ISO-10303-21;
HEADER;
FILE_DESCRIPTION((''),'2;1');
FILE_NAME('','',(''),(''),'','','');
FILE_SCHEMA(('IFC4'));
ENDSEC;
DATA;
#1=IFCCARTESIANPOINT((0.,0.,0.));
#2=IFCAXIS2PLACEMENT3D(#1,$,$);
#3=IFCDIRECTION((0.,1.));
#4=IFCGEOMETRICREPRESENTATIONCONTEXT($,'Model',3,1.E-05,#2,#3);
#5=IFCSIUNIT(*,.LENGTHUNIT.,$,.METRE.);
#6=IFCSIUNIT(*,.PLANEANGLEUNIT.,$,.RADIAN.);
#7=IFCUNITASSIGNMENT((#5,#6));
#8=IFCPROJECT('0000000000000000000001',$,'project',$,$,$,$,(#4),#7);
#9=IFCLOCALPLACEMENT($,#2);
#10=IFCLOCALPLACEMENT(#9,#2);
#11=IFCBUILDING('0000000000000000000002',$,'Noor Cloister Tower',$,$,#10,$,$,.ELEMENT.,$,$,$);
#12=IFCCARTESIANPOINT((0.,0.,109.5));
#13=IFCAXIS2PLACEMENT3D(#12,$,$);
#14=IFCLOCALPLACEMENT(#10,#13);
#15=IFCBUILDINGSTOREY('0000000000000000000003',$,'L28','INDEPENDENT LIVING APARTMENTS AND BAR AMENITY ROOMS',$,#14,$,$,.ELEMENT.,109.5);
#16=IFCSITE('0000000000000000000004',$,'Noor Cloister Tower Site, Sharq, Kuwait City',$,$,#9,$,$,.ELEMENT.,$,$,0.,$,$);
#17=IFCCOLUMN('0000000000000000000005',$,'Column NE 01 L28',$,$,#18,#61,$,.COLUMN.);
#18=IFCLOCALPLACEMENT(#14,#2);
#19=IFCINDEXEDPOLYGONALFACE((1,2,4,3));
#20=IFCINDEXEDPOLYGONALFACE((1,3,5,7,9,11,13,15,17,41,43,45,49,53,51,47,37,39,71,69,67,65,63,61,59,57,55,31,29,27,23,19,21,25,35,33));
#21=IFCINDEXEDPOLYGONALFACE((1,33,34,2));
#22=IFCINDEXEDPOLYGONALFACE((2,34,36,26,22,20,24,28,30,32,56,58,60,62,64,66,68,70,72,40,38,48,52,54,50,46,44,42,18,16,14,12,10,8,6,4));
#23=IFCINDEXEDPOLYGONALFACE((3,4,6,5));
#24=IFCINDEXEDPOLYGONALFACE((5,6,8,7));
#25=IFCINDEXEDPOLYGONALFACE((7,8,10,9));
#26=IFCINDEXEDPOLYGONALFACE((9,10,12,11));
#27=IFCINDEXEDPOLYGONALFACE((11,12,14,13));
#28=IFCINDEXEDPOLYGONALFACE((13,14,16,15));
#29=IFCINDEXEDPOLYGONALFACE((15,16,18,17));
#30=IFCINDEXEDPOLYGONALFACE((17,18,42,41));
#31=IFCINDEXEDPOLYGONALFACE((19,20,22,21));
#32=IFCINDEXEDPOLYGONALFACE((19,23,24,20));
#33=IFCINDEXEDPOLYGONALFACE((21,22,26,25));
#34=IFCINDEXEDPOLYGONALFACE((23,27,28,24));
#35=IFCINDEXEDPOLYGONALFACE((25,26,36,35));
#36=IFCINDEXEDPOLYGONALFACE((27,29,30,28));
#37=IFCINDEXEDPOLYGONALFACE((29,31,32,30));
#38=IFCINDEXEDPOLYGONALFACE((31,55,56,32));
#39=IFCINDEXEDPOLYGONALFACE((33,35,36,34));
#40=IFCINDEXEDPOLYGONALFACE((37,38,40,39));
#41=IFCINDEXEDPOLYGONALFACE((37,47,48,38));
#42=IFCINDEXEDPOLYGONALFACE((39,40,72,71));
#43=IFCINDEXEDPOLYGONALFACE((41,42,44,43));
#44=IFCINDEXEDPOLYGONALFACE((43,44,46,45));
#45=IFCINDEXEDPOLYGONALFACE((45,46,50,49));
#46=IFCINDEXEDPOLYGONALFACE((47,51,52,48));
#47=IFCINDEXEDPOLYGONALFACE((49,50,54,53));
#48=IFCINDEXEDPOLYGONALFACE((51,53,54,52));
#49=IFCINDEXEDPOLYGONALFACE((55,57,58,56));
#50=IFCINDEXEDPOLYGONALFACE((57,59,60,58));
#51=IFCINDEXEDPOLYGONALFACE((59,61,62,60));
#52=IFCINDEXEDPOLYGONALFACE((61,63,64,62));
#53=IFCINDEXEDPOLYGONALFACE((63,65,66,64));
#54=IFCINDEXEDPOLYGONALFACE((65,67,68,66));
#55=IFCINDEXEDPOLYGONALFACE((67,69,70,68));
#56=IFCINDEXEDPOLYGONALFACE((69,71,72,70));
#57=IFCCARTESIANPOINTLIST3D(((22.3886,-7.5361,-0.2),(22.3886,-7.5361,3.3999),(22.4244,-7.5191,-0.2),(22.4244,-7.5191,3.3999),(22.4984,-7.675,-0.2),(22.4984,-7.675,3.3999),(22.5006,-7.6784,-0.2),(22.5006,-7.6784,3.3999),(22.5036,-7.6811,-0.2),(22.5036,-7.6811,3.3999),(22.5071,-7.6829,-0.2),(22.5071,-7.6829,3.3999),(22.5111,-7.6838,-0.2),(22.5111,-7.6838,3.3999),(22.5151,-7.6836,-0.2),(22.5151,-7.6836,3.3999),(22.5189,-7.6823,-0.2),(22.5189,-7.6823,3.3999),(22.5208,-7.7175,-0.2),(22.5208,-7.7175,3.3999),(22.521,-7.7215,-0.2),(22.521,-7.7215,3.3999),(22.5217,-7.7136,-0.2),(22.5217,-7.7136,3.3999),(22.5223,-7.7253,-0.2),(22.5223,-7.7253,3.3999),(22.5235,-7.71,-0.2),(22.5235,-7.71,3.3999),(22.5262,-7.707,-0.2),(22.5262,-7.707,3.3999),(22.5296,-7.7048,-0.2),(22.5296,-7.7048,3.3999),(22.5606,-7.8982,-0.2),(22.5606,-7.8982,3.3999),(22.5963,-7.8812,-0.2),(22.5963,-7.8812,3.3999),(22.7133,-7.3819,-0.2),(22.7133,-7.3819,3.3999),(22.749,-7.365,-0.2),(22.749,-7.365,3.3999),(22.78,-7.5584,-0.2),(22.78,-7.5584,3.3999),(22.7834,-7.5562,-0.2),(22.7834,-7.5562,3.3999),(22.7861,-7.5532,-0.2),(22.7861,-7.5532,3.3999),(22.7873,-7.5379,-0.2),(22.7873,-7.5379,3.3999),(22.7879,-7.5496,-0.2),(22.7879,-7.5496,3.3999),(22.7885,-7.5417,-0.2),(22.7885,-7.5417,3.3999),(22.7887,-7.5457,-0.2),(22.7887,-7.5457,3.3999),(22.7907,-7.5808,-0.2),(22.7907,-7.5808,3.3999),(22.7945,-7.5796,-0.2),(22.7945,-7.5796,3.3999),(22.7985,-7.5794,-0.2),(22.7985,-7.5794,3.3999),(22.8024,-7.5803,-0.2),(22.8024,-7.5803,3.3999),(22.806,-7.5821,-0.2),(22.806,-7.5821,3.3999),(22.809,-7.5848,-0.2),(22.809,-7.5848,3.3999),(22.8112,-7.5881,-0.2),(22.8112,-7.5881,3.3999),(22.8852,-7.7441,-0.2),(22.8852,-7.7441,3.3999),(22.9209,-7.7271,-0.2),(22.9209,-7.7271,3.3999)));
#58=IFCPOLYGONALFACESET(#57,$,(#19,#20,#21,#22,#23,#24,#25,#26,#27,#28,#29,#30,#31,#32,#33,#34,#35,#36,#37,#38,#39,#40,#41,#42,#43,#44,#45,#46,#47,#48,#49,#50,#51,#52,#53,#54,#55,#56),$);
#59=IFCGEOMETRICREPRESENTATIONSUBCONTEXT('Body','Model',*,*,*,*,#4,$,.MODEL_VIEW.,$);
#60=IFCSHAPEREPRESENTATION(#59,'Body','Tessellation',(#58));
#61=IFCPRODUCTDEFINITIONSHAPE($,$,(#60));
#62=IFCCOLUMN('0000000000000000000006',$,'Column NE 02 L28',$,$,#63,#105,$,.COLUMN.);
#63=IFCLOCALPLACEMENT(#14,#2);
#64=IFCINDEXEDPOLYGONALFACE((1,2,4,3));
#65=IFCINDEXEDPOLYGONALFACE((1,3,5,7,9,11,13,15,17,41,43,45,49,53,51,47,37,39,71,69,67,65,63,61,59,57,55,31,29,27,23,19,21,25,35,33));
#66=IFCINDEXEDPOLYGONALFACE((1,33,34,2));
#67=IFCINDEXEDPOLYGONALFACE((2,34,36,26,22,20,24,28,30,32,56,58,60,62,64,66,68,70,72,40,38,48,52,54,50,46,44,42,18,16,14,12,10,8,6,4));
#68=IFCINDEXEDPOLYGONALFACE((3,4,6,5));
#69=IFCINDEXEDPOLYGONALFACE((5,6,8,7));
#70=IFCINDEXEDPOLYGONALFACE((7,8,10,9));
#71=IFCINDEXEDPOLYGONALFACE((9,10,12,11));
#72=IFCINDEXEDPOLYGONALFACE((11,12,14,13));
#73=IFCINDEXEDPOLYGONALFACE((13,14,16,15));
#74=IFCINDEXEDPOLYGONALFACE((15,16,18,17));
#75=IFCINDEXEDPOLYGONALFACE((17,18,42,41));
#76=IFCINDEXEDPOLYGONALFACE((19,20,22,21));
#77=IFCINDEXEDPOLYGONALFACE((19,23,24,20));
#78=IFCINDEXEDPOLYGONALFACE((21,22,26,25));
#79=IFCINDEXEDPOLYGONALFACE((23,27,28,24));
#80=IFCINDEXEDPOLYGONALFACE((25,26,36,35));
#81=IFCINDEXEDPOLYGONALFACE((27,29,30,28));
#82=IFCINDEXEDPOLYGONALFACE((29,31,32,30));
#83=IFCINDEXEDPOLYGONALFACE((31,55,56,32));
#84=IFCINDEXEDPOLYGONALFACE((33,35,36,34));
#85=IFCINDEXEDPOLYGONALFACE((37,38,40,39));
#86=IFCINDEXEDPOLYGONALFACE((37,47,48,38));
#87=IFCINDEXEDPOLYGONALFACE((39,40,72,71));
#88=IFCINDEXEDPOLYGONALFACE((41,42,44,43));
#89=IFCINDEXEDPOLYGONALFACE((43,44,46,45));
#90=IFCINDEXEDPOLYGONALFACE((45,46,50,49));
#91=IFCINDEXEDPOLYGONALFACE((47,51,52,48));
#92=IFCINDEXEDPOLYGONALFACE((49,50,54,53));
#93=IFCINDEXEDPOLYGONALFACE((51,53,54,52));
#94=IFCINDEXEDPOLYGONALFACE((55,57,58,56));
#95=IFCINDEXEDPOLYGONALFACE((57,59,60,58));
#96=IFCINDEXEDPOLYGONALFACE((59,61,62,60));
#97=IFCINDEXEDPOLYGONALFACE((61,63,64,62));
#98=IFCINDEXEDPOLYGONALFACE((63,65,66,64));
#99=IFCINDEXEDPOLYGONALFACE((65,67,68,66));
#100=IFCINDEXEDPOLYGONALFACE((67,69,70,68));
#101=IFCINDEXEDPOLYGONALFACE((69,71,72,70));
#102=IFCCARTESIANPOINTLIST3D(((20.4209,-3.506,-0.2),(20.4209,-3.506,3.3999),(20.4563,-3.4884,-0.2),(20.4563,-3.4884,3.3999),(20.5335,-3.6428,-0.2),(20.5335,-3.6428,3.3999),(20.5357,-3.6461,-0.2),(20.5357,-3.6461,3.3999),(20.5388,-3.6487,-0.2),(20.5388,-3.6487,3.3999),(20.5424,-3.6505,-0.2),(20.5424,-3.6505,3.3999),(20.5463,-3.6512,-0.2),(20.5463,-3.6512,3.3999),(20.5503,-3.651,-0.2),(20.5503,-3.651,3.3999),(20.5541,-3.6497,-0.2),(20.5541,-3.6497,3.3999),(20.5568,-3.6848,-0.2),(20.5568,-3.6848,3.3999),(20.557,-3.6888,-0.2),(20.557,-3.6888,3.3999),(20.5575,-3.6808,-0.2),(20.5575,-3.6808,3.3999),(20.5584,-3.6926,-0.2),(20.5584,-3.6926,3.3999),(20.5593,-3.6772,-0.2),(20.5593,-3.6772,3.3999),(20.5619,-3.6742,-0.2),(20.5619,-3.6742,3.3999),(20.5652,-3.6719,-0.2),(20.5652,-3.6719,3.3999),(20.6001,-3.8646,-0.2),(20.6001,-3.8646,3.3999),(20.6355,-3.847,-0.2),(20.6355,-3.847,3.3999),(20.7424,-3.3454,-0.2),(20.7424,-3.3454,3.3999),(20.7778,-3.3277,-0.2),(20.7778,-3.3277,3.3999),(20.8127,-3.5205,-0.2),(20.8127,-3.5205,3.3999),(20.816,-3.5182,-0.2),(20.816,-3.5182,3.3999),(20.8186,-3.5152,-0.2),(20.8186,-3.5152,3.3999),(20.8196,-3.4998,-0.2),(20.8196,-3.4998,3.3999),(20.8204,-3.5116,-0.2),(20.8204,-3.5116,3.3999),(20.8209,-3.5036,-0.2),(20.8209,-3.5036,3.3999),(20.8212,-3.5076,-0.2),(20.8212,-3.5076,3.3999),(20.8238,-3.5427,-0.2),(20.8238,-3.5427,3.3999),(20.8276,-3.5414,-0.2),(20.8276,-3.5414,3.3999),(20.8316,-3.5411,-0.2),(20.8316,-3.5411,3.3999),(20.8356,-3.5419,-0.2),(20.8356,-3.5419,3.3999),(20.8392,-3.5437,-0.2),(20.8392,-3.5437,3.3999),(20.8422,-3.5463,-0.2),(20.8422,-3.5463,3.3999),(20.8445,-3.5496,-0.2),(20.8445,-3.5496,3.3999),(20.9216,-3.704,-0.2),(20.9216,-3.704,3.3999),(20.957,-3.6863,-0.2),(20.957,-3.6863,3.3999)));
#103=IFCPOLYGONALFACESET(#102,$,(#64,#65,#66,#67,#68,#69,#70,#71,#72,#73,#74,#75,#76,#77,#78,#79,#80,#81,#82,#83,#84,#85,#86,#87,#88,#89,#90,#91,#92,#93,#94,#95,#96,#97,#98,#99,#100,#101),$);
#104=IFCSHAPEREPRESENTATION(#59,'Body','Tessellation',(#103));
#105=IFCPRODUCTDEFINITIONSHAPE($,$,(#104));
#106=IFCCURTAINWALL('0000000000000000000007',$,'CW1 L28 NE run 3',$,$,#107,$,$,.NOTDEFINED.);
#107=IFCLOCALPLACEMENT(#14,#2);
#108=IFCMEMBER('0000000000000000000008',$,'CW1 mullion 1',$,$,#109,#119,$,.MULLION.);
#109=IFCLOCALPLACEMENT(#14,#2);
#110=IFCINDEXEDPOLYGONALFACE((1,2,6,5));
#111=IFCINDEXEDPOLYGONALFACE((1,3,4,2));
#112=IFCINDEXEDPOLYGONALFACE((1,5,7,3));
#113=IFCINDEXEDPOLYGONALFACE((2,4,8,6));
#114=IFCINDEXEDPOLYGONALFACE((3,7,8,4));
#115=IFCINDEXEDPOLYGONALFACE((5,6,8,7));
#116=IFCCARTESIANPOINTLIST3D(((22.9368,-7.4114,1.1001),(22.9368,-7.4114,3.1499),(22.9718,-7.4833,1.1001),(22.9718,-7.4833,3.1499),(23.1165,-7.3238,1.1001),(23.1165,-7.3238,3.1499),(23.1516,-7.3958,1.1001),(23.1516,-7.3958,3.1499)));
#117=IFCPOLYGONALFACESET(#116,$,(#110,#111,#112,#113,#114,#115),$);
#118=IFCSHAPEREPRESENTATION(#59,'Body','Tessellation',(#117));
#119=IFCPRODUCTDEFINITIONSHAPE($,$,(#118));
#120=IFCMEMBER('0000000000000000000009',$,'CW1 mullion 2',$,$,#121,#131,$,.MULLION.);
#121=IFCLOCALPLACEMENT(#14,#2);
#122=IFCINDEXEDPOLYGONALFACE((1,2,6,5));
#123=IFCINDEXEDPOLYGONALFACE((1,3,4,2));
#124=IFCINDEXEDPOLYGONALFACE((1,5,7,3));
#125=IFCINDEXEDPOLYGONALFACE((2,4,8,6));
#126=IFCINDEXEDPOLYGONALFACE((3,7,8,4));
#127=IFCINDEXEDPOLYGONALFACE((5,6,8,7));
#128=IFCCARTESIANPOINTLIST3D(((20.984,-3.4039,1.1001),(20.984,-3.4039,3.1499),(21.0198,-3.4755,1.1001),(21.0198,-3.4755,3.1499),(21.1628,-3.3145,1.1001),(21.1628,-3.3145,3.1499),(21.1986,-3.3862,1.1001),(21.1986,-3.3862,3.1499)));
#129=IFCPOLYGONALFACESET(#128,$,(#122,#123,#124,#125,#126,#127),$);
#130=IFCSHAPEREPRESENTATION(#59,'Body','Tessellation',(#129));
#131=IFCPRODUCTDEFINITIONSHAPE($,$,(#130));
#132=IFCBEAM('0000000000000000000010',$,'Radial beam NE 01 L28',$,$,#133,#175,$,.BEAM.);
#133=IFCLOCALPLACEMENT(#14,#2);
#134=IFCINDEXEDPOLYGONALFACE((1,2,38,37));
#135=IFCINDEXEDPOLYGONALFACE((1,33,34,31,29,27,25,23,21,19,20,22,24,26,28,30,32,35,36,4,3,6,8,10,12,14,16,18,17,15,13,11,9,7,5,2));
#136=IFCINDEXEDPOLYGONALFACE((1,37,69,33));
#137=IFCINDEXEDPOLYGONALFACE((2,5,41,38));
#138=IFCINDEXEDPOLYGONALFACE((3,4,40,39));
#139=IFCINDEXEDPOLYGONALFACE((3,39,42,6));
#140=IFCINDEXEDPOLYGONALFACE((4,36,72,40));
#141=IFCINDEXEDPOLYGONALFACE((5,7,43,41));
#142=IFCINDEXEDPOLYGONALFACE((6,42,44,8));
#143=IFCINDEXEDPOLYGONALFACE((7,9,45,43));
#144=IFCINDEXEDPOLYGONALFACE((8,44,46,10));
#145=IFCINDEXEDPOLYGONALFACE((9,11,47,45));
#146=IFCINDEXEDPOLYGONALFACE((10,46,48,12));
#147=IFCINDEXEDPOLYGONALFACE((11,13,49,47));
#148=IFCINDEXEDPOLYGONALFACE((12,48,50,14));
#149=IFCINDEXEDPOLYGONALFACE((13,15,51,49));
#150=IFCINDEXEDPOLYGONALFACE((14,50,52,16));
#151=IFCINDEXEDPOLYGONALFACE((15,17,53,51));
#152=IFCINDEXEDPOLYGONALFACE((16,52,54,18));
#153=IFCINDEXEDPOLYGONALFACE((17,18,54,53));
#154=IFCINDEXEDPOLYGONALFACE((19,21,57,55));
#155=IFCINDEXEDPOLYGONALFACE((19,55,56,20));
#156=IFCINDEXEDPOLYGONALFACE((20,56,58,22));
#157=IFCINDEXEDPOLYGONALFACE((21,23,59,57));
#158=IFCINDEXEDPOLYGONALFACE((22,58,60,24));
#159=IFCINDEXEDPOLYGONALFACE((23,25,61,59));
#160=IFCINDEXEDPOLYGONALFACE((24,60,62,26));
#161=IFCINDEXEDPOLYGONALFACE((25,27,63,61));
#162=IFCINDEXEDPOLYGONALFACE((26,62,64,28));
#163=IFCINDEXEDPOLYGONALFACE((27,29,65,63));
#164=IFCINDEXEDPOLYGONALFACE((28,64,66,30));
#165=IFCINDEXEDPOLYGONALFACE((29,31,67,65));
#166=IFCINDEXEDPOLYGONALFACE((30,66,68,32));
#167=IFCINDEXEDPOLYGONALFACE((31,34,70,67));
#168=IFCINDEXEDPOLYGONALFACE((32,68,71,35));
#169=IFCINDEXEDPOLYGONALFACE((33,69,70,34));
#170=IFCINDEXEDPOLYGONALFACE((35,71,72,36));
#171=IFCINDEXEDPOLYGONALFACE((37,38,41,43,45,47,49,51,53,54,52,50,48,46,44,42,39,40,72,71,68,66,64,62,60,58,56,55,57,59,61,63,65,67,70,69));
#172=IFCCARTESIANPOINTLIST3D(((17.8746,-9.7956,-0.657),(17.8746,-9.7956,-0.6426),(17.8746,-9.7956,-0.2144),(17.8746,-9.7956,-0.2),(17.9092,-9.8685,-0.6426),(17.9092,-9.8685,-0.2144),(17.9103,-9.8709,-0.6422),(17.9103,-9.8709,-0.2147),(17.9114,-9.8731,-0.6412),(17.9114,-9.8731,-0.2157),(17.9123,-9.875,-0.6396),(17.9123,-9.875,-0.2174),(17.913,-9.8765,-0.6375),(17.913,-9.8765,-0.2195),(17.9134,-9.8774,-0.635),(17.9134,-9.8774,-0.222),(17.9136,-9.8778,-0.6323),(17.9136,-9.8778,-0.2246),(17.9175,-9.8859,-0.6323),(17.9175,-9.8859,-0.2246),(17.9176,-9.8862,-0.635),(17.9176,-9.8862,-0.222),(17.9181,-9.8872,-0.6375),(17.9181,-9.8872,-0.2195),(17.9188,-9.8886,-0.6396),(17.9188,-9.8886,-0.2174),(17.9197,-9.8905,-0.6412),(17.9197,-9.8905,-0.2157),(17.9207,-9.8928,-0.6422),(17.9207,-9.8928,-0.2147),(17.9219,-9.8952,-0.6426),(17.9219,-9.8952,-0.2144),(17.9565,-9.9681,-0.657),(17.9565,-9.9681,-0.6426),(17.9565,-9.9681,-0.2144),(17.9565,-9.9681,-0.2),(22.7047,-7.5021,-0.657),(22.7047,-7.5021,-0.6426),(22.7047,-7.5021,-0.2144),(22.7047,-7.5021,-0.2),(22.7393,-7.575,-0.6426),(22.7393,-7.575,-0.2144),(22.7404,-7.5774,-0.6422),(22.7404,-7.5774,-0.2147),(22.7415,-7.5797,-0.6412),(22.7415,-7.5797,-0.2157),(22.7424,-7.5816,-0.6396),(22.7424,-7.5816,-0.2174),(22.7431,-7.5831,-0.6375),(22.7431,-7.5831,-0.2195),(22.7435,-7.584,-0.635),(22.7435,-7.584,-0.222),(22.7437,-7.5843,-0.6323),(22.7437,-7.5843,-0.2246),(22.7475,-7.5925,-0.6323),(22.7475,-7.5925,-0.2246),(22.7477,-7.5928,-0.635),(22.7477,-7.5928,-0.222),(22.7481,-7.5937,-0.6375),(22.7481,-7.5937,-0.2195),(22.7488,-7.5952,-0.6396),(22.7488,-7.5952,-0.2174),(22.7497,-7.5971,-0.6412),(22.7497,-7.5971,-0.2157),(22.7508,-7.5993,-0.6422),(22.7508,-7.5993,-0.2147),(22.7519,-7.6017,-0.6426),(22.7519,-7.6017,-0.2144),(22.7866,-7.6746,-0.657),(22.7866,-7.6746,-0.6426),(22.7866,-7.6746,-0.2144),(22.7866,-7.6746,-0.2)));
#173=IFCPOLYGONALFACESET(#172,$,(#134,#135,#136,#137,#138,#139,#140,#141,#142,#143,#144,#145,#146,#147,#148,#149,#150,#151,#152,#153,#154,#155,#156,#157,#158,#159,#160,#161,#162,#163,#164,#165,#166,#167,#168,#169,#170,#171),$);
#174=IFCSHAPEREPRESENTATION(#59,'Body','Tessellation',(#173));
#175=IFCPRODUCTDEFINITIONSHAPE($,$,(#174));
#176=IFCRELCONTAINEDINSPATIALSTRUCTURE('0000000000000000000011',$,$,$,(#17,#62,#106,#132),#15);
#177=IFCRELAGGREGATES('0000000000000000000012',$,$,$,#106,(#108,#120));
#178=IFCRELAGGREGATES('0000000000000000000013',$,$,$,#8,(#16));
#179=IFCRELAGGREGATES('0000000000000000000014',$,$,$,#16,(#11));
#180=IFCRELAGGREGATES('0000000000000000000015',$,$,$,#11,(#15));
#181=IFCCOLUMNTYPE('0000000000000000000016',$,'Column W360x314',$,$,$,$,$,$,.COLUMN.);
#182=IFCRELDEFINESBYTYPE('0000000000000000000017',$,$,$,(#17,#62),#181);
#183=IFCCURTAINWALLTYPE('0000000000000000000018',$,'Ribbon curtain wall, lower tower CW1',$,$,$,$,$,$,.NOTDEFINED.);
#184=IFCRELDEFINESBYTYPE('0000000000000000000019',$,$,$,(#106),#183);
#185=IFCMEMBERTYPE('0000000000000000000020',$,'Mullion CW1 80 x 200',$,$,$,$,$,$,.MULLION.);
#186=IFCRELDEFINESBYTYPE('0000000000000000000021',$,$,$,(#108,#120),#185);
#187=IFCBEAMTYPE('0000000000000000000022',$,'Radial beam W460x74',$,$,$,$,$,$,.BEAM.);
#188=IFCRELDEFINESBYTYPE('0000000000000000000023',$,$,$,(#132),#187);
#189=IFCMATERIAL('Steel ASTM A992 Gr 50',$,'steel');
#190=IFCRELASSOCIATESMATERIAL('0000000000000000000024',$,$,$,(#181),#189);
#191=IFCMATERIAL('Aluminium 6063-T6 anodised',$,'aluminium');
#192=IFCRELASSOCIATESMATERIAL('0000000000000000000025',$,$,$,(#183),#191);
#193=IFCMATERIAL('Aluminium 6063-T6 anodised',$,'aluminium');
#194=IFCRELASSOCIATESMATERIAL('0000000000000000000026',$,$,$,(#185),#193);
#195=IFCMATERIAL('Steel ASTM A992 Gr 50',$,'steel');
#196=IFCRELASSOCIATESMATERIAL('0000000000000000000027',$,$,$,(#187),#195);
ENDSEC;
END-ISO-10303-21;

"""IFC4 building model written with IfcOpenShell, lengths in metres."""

from ifc_helpers import new_model, si_unit, direction, frame, origin, origin_2d, place, context, subcontext, project, spatial, rectangle, i_section, extrude, material, material_profile, profile_set, type_object, element, aggregate, save


model = new_model("IFC4")

# Units and contexts
model_context = context("Model", 3, precision=1e-05, world=origin(), true_north=direction((0.0, 1.0)))
body_context = subcontext(model_context, "Body", "Model", "MODEL_VIEW")
ifc_project = project(units=[si_unit("LENGTHUNIT", "METRE"), si_unit("PLANEANGLEUNIT", "RADIAN")], contexts=[model_context])

# Site, building, storey
site_placement = place(None, origin())
site = spatial("IfcSite", under=ifc_project, at=site_placement, Name="Noor Cloister Tower Site, Sharq, Kuwait City", CompositionType="ELEMENT", RefElevation=0.0)
building_placement = place(site_placement, origin())
building = spatial("IfcBuilding", under=site, at=building_placement, Name="Noor Cloister Tower", CompositionType="ELEMENT")
storey_placement = place(building_placement, frame((0.0, 0.0, 109.5)))
storey = spatial("IfcBuildingStorey", under=building, at=storey_placement, Name="L28", Description="INDEPENDENT LIVING APARTMENTS AND BAR AMENITY ROOMS", CompositionType="ELEMENT", Elevation=109.5)

# Columns
ifc_material_1 = material(Name="Steel ASTM A992 Gr 50", Category="steel")
ifc_material_profile_1 = material_profile(ifc_material_1, i_section(OverallWidth=0.4009, OverallDepth=0.3989, WebThickness=0.0249, FlangeThickness=0.0396, FilletRadius=0.0154, at=origin_2d()), Name="W360x314")
ifc_profile_set_1 = profile_set([ifc_material_profile_1], Name="Steel ASTM A992 Gr 50")
column_type = type_object("IfcColumnType", Name="Column W360x314", PredefinedType="COLUMN", material=ifc_profile_set_1)
for number, where, z_axis, x_axis, name in (
    (1, (22.6548, -7.6316, -0.2), (0.0, 0.0, 1.0), (-0.428908, 0.903348, 0.0), "Column NE 01 L28"),
    (2, (20.689, -3.5962, -0.2), (0.0, 0.0, 1.0), (-0.446959, 0.894555, 0.0), "Column NE 02 L28"),
):
    element("IfcColumn", number, at=place(storey_placement, frame(where, z_axis=z_axis, x_axis=x_axis)), inside=storey, type_object=column_type, Name=name, PredefinedType="COLUMN", context=body_context, shape_type="SweptSolid", body=[
        extrude(i_section(OverallWidth=0.4009, OverallDepth=0.3989, WebThickness=0.0249, FlangeThickness=0.0396, FilletRadius=0.0154, at=origin_2d()), origin(), (0.0, 0.0, 1.0), 3.5999),
    ])

# Curtain wall, members
ifc_material_2 = material(Name="Aluminium 6063-T6 anodised", Category="aluminium")
curtain_wall_type = type_object("IfcCurtainWallType", Name="Ribbon curtain wall, lower tower CW1", PredefinedType="NOTDEFINED", material=ifc_material_2)
curtain_wall_placement = place(storey_placement, origin())
curtain_wall = element("IfcCurtainWall", 3, at=curtain_wall_placement, inside=storey, type_object=curtain_wall_type, Name="CW1 L28 NE run 3", PredefinedType="NOTDEFINED")
ifc_material_3 = material(Name="Aluminium 6063-T6 anodised", Category="aluminium")
ifc_material_profile_2 = material_profile(ifc_material_3, rectangle(XDim=0.2, YDim=0.0801, at=origin_2d()), Name="200 x 80 mullion")
ifc_profile_set_2 = profile_set([ifc_material_profile_2], Name="Aluminium 6063-T6 anodised")
member_type = type_object("IfcMemberType", Name="Mullion CW1 80 x 200", PredefinedType="MULLION", material=ifc_profile_set_2)
member_1_placement = place(storey_placement, frame((23.0442, -7.4036, 1.1001), z_axis=(0.0, 0.0, 1.0), x_axis=(-0.898997, -0.437955, 0.0)))
member_1 = element("IfcMember", 4, at=member_1_placement, type_object=member_type, Name="CW1 mullion 1", PredefinedType="MULLION", context=body_context, shape_type="SweptSolid", body=[
    extrude(rectangle(XDim=0.2, YDim=0.0801, at=origin_2d()), origin(), (0.0, 0.0, 1.0), 2.0498),
])
member_2_placement = place(storey_placement, frame((21.0913, -3.395, 1.1001), z_axis=(0.0, 0.0, 1.0), x_axis=(-0.894555, -0.446959, 0.0)))
member_2 = element("IfcMember", 5, at=member_2_placement, type_object=member_type, Name="CW1 mullion 2", PredefinedType="MULLION", context=body_context, shape_type="SweptSolid", body=[
    extrude(rectangle(XDim=0.2, YDim=0.0801, at=origin_2d()), origin(), (0.0, 0.0, 1.0), 2.0498),
])

# Beam
ifc_material_4 = material(Name="Steel ASTM A992 Gr 50", Category="steel")
ifc_material_profile_3 = material_profile(ifc_material_4, i_section(OverallWidth=0.1909, OverallDepth=0.457, WebThickness=0.009, FlangeThickness=0.0144, FilletRadius=0.0103, at=origin_2d()), Name="W460x74")
ifc_profile_set_3 = profile_set([ifc_material_profile_3], Name="Steel ASTM A992 Gr 50")
beam_type_1 = type_object("IfcBeamType", Name="Radial beam W460x74", PredefinedType="BEAM", material=ifc_profile_set_3)
beam_1_placement = place(storey_placement, frame((22.7456, -7.5884, -0.4285), z_axis=(-0.903338, -0.42893, 0.0), x_axis=(0.42893, -0.903338, 0.0)))
element("IfcBeam", 6, at=beam_1_placement, inside=storey, type_object=beam_type_1, Name="Radial beam NE 01 L28", PredefinedType="BEAM", context=body_context, shape_type="SweptSolid", body=[
    extrude(i_section(OverallWidth=0.1909, OverallDepth=0.457, WebThickness=0.009, FlangeThickness=0.0144, FilletRadius=0.0103, at=origin_2d()), origin(), (0.0, 0.0, 1.0), 5.3469),
])

aggregate(curtain_wall, [member_1, member_2])

save(model, "model.ifc")
